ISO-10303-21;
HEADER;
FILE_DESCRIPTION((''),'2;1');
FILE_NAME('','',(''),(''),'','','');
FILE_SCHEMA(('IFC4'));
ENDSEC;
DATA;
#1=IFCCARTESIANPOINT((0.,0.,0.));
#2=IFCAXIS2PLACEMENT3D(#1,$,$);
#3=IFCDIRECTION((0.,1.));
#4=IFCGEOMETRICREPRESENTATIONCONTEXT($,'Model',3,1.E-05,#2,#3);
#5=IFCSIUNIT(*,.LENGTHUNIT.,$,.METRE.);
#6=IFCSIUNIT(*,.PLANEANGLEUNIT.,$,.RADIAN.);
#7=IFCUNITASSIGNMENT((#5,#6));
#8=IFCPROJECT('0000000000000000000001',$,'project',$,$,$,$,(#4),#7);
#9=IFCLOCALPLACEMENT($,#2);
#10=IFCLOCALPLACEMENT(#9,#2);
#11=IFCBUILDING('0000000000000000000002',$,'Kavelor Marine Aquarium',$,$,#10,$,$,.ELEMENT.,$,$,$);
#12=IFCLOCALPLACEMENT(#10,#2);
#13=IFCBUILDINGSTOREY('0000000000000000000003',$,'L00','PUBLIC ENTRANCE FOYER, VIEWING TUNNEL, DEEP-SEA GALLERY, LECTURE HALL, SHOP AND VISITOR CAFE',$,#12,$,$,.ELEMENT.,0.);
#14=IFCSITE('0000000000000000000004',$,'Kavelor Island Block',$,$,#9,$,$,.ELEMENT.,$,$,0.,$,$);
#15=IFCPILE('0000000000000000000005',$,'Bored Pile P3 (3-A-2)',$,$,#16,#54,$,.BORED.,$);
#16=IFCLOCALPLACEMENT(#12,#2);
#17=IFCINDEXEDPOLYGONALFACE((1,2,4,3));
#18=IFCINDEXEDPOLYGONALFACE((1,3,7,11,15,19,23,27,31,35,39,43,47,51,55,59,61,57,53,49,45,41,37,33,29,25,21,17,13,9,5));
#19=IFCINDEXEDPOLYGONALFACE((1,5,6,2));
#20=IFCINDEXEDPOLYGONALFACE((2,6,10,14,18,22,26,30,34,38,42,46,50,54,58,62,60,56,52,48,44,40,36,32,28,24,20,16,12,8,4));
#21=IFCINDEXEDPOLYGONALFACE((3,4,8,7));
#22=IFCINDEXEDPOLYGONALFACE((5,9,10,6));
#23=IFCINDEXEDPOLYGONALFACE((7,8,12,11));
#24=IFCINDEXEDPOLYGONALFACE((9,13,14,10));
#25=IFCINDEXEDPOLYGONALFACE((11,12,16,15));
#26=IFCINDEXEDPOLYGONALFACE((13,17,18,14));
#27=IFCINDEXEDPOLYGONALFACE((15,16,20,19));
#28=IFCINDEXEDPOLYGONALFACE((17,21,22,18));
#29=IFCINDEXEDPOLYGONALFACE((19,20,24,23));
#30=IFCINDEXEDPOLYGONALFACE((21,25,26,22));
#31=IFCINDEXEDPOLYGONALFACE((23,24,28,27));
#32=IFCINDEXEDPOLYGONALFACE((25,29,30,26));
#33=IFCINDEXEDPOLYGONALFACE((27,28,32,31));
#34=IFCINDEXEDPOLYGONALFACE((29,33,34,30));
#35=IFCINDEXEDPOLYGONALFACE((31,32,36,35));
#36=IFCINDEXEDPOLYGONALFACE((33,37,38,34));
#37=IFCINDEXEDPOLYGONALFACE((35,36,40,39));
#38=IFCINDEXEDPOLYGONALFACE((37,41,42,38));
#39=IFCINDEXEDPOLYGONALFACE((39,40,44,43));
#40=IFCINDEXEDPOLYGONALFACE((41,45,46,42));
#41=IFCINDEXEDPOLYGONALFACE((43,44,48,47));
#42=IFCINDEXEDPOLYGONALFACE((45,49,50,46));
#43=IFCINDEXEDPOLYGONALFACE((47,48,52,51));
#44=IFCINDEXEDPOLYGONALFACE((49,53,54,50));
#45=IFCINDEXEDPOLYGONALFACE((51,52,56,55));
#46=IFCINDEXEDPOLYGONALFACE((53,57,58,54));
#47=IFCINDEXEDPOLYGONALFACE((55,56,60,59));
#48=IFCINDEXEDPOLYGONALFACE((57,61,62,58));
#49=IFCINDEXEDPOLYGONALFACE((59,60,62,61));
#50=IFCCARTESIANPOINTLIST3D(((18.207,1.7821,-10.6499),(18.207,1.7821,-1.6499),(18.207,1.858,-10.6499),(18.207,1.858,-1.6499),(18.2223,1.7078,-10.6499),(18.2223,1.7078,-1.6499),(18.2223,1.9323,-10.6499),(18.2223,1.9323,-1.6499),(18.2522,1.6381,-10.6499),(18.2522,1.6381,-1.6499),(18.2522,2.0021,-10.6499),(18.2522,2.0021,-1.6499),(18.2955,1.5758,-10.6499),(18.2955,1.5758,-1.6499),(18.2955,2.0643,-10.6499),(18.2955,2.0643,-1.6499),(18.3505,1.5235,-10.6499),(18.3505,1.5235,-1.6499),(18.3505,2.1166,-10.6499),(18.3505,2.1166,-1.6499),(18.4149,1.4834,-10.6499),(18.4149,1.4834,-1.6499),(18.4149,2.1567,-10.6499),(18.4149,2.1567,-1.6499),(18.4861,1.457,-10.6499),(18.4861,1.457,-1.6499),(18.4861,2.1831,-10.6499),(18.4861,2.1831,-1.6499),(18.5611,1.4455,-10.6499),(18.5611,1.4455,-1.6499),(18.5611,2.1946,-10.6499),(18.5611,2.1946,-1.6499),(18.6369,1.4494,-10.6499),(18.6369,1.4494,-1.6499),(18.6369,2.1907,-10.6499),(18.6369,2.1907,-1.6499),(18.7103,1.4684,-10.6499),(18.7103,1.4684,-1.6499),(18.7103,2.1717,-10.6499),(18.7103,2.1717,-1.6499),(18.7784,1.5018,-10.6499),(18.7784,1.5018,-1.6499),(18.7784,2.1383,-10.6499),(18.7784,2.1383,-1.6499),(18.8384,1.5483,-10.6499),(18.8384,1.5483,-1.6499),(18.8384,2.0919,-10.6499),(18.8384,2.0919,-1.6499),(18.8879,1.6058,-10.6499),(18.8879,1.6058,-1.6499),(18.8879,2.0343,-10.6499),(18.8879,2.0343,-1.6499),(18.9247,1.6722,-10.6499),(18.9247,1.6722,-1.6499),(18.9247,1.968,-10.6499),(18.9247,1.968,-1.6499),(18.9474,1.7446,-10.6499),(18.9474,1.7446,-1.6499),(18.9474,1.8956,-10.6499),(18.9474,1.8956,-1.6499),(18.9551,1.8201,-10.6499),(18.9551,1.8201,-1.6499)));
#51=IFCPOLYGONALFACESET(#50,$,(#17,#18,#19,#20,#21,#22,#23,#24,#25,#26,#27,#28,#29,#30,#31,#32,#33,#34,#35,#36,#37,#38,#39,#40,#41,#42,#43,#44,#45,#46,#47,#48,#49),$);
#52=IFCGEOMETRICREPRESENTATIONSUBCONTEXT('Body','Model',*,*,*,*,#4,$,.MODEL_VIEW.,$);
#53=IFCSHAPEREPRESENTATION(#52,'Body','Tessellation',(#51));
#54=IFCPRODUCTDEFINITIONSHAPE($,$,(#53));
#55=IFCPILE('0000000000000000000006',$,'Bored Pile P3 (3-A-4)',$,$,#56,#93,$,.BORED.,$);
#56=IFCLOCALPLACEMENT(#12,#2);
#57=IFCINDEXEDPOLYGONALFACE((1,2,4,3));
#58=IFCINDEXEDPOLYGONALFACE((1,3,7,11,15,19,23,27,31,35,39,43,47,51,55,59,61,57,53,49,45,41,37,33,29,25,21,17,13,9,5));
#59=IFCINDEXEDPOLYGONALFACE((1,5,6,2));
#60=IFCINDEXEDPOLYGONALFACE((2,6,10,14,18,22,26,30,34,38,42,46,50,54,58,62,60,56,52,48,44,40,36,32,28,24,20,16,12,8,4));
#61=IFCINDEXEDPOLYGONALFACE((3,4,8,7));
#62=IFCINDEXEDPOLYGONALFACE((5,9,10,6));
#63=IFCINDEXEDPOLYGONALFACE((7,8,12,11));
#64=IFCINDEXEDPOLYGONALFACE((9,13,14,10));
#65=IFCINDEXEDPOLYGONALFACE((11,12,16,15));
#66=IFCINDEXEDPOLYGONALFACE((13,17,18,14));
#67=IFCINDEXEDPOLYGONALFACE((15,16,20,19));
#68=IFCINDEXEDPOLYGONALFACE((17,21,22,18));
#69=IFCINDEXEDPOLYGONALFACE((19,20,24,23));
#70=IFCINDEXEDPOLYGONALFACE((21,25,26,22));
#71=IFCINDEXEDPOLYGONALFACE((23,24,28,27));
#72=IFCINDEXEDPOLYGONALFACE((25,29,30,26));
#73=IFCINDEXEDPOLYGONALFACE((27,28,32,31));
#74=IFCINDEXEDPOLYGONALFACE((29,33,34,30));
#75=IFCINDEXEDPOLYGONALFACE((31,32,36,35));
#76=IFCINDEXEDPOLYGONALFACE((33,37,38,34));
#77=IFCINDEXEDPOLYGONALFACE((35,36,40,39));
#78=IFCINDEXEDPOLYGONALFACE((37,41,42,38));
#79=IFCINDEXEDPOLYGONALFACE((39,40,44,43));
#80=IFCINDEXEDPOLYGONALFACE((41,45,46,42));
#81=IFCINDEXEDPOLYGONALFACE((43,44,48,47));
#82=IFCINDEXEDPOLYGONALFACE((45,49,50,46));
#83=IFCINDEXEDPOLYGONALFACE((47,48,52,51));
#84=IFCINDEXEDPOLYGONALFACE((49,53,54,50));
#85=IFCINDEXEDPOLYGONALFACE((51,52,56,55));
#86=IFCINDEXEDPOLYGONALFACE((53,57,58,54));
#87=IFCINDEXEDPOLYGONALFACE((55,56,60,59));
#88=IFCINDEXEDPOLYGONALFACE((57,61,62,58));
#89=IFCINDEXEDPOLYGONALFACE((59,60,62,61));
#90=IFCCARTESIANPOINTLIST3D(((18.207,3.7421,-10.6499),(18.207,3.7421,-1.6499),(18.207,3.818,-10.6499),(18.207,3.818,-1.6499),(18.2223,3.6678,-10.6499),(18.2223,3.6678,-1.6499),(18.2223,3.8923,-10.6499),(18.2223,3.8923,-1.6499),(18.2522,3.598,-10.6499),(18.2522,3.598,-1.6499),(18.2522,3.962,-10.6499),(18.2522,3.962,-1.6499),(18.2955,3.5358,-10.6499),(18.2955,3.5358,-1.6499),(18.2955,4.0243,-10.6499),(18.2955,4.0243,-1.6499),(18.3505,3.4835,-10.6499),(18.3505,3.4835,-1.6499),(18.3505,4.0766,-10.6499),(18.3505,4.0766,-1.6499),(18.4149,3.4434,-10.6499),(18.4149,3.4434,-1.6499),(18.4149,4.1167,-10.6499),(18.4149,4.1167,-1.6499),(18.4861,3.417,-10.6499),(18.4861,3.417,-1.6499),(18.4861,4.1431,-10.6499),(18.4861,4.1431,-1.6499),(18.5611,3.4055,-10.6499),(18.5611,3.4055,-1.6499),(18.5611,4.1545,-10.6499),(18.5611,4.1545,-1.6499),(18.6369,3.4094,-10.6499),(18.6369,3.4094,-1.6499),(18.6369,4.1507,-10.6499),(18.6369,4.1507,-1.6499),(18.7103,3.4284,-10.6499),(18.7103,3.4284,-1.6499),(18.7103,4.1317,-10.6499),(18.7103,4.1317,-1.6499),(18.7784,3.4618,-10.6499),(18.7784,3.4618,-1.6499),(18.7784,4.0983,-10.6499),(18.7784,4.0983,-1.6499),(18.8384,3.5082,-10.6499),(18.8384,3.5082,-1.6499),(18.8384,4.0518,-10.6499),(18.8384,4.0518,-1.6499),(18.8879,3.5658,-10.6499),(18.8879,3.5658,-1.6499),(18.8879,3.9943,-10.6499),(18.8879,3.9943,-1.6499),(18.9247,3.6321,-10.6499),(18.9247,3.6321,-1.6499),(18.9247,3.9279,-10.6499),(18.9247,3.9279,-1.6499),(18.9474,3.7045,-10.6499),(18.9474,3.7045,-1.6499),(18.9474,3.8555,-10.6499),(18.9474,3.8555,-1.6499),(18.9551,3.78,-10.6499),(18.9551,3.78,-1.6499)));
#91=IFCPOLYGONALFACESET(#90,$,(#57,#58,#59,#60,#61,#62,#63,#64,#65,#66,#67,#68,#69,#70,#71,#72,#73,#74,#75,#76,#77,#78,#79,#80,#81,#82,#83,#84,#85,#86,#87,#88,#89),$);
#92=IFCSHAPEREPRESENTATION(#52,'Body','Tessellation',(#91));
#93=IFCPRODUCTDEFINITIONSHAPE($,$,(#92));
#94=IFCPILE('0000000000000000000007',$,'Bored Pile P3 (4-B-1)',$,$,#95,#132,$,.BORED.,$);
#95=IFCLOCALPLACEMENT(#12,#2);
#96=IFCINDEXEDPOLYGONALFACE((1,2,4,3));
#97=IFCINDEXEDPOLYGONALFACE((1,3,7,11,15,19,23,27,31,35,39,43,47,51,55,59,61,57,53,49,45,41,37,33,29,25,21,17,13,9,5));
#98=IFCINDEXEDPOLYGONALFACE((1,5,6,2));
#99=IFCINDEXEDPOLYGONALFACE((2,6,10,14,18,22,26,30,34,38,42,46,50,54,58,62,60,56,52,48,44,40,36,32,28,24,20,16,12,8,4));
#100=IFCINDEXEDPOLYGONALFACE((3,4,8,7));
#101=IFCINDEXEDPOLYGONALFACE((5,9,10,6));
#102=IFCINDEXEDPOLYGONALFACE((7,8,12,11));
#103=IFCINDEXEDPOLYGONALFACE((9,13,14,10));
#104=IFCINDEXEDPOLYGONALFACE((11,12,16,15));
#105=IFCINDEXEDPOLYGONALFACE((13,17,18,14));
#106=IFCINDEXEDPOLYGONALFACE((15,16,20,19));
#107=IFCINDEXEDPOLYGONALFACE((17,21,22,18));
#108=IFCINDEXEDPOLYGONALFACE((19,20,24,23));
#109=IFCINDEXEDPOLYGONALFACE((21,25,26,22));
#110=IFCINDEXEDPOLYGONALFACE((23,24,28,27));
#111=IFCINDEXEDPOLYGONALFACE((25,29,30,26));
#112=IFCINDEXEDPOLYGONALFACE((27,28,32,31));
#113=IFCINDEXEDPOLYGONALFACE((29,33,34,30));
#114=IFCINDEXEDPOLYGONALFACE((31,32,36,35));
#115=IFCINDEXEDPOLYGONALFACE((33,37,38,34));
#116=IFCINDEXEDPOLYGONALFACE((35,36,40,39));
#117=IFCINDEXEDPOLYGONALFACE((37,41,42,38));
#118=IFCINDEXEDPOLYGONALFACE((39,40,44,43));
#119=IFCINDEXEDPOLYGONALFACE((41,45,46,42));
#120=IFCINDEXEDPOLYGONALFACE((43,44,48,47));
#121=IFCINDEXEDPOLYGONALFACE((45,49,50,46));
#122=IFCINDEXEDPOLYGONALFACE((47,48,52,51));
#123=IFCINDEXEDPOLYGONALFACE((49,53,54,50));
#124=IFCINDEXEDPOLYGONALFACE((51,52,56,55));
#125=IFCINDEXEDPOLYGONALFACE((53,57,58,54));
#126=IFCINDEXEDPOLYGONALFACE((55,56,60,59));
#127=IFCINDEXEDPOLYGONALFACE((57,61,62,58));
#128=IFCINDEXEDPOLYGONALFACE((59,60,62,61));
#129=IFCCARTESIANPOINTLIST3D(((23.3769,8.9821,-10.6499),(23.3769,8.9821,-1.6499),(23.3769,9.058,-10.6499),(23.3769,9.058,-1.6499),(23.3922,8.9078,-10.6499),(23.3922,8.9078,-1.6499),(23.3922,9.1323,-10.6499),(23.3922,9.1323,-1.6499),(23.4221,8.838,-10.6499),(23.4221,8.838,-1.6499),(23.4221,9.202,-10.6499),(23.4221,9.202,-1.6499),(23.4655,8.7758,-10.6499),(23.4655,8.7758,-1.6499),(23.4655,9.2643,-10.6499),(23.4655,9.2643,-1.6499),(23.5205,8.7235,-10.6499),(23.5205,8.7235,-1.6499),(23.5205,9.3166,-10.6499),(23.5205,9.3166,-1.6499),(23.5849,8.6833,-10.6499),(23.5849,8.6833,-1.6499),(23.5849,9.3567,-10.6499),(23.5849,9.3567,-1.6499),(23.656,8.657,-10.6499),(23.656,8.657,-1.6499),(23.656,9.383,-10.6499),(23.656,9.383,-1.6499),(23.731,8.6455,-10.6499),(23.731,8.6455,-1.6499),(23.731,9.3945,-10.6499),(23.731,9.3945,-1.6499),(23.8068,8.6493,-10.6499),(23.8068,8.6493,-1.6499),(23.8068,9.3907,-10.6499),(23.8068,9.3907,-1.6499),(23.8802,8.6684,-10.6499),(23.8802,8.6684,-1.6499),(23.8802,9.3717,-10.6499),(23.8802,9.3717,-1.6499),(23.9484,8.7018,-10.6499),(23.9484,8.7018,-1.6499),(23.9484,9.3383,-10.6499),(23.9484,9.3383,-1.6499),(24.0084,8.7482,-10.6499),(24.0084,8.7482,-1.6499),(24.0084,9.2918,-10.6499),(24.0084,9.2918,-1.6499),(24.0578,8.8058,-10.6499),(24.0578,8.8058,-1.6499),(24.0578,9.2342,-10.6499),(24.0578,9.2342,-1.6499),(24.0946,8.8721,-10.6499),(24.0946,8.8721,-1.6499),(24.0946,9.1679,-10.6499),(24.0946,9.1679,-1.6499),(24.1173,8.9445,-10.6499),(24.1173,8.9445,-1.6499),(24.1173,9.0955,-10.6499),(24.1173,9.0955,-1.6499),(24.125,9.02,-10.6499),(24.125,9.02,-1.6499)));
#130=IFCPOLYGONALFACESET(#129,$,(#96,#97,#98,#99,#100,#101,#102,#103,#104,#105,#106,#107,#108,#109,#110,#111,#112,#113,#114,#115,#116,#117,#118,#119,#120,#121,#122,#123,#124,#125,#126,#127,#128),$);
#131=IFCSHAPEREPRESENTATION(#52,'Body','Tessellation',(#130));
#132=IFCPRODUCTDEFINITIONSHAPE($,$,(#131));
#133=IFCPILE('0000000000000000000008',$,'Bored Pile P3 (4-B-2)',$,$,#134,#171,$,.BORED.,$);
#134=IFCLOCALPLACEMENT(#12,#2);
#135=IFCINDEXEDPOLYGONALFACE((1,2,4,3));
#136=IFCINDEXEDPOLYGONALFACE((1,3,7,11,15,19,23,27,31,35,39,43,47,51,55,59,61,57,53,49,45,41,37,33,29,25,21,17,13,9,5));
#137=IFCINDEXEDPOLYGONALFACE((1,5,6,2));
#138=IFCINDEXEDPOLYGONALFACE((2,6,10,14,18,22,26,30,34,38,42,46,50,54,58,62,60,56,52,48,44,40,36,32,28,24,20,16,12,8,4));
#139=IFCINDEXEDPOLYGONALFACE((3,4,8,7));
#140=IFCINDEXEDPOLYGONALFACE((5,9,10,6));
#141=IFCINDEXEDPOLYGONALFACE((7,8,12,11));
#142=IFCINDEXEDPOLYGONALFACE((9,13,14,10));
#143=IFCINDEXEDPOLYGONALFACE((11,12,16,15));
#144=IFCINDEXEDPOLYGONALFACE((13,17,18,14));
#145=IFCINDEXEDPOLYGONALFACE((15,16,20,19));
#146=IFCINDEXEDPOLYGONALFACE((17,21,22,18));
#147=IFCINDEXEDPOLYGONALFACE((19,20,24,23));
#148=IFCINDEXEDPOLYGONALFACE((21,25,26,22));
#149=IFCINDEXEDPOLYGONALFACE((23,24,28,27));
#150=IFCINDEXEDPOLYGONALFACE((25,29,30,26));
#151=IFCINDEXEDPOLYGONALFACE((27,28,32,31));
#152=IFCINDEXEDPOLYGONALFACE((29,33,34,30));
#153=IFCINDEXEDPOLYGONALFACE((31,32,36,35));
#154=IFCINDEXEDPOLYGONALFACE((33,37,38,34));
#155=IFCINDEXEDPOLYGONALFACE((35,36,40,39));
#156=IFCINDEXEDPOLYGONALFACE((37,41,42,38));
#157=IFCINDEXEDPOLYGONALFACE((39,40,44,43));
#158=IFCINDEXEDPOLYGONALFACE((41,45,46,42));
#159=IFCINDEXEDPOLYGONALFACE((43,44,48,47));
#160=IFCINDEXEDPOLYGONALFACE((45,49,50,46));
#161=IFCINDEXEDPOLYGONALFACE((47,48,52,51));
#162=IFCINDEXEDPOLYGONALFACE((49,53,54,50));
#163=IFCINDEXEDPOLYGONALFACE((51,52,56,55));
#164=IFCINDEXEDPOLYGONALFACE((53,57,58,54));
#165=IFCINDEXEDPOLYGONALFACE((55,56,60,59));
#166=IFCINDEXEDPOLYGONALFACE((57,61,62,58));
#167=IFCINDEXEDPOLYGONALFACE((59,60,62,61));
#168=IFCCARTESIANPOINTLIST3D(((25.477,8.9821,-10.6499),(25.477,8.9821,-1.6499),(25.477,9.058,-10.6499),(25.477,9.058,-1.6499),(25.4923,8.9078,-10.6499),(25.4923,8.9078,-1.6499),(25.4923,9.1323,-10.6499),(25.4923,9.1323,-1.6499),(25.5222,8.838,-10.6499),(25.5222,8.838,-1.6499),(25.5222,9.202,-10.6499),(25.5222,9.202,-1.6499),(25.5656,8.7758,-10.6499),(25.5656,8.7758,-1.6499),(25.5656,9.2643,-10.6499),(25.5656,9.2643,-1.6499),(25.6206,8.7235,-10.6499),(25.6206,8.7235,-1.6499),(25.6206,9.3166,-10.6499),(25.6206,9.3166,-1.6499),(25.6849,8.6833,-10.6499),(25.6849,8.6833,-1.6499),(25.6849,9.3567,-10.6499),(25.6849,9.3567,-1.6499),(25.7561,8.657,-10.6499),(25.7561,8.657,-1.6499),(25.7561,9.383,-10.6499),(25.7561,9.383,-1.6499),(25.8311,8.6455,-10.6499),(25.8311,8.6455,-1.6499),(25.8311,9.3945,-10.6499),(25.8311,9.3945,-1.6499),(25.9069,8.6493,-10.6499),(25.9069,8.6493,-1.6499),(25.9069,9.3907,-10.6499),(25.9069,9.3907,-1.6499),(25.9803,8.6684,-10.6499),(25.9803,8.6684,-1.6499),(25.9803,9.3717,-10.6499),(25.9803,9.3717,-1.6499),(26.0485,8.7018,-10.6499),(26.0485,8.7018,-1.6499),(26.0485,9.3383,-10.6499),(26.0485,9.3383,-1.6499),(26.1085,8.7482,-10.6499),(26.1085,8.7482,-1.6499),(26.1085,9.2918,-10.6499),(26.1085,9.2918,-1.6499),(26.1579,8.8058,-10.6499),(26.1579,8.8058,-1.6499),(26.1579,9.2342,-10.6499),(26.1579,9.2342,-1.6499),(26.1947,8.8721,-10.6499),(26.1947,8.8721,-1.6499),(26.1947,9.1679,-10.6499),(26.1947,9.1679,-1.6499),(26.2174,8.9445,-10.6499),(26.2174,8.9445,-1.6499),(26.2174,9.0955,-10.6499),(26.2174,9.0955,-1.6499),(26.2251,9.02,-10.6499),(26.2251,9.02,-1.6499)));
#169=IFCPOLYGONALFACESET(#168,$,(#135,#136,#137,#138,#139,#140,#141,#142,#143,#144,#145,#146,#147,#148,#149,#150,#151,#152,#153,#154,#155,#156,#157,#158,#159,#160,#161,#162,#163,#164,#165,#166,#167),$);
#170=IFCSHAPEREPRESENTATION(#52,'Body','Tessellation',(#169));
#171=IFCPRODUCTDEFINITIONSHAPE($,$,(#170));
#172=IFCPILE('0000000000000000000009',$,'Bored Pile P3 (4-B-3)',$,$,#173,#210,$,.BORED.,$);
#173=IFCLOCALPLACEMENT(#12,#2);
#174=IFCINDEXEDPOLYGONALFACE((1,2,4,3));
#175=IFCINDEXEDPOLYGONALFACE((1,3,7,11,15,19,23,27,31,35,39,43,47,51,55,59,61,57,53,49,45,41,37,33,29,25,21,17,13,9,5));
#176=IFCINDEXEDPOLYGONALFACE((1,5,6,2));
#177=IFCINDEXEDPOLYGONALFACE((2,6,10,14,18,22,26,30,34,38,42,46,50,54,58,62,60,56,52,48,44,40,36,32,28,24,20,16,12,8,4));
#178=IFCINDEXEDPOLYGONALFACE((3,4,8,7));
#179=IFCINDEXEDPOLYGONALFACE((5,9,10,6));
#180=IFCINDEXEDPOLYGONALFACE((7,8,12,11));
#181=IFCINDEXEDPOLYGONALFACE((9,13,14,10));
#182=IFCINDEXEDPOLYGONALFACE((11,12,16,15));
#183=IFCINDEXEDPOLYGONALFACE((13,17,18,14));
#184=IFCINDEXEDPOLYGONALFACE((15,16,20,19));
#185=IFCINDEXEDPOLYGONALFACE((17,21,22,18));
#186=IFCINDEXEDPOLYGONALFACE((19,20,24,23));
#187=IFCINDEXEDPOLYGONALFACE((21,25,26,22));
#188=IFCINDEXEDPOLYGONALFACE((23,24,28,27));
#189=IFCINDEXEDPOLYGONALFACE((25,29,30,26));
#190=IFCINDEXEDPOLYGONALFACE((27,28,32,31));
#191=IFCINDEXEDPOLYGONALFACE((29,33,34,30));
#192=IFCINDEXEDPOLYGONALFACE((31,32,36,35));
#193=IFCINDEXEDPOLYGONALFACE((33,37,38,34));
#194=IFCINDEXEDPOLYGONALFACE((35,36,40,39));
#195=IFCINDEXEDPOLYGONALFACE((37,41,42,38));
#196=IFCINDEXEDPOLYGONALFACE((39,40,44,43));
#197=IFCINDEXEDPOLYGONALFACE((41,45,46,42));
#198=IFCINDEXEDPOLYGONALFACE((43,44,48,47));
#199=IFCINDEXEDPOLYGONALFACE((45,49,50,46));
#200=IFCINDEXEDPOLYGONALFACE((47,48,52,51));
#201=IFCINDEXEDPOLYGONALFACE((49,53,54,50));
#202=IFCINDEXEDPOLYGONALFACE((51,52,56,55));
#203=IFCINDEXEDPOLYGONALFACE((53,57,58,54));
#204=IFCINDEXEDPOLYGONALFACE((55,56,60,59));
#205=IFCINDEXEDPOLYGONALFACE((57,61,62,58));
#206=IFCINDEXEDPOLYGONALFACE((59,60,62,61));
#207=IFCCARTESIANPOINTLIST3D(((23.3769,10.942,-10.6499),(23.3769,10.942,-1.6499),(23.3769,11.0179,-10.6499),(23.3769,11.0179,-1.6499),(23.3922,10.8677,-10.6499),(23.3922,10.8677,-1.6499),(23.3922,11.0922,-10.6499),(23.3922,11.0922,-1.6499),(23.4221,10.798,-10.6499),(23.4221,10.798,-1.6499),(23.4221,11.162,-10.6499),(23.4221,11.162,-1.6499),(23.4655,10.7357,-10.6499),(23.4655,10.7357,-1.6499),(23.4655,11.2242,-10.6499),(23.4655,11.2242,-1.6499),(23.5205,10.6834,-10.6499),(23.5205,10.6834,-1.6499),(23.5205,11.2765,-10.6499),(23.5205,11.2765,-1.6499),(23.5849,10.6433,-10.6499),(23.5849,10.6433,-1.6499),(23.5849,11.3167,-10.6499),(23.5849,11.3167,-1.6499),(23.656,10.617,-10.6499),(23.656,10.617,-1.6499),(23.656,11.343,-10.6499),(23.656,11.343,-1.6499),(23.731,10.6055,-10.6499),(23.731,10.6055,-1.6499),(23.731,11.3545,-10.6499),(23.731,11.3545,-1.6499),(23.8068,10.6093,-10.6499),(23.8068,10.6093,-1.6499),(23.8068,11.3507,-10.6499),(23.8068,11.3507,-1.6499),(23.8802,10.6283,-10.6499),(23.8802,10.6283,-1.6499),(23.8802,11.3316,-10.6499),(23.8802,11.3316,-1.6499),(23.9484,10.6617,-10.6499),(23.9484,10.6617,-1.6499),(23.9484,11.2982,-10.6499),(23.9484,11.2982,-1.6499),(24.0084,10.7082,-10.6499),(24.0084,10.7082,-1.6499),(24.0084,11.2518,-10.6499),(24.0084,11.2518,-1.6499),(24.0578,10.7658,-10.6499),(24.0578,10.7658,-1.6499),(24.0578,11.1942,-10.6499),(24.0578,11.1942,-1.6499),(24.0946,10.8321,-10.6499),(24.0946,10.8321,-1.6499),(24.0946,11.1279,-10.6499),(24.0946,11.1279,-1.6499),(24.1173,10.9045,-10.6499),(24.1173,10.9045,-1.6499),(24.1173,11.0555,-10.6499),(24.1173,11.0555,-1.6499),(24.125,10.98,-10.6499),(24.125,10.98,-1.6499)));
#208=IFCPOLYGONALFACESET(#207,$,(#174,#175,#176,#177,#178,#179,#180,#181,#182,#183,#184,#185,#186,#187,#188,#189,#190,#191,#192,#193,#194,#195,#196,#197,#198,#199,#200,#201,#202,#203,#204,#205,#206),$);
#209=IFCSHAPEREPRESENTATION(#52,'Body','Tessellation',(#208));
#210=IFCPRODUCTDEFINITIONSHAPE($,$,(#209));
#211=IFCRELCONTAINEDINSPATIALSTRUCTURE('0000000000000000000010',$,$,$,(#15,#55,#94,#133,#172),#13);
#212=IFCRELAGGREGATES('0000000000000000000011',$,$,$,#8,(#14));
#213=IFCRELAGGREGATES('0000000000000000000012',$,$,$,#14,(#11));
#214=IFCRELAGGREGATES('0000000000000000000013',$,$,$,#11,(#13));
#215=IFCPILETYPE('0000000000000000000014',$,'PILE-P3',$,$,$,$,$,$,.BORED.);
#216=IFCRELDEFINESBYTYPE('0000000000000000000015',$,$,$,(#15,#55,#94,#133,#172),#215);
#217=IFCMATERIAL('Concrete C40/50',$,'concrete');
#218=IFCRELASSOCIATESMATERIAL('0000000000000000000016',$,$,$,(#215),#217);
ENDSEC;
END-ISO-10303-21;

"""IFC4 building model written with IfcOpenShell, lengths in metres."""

from ifc_helpers import new_model, si_unit, direction, frame, origin, origin_2d, place, context, subcontext, project, spatial, circle, extrude, material, material_profile, profile_set, type_object, element, save


model = new_model("IFC4")

# Units and contexts
model_context = context("Model", 3, precision=1e-05, world=origin(), true_north=direction((0.0, 1.0)))
body_context = subcontext(model_context, "Body", "Model", "MODEL_VIEW")
ifc_project = project(units=[si_unit("LENGTHUNIT", "METRE"), si_unit("PLANEANGLEUNIT", "RADIAN")], contexts=[model_context])

# Site, building, storey
site_placement = place(None, origin())
site = spatial("IfcSite", under=ifc_project, at=site_placement, Name="Kavelor Island Block", CompositionType="ELEMENT", RefElevation=0.0)
building_placement = place(site_placement, origin())
building = spatial("IfcBuilding", under=site, at=building_placement, Name="Kavelor Marine Aquarium", CompositionType="ELEMENT")
storey_placement = place(building_placement, origin())
storey = spatial("IfcBuildingStorey", under=building, at=storey_placement, Name="L00", Description="PUBLIC ENTRANCE FOYER, VIEWING TUNNEL, DEEP-SEA GALLERY, LECTURE HALL, SHOP AND VISITOR CAFE", CompositionType="ELEMENT", Elevation=0.0)

# Piles
ifc_material_1 = material(Name="Concrete C40/50", Category="concrete")
ifc_material_profile_1 = material_profile(ifc_material_1, circle(Radius=0.375, at=origin_2d()), Name="PILE D750")
ifc_profile_set_1 = profile_set([ifc_material_profile_1], Name="Concrete C40/50")
pile_type_1 = type_object("IfcPileType", Name="PILE-P3", PredefinedType="BORED", material=ifc_profile_set_1)
for number, where, z_axis, x_axis, name in (
    (1, (18.5801, 1.8201, -1.6499), (0.0, 0.0, -1.0), (1.0, 0.0, 0.0), "Bored Pile P3 (3-A-2)"),
    (2, (18.5801, 3.78, -1.6499), (0.0, 0.0, -1.0), (1.0, 0.0, 0.0), "Bored Pile P3 (3-A-4)"),
    (3, (23.75, 9.02, -1.6499), (0.0, 0.0, -1.0), (1.0, 0.0, 0.0), "Bored Pile P3 (4-B-1)"),
    (4, (25.8501, 9.02, -1.6499), (0.0, 0.0, -1.0), (1.0, 0.0, 0.0), "Bored Pile P3 (4-B-2)"),
    (5, (23.75, 10.98, -1.6499), (0.0, 0.0, -1.0), (1.0, 0.0, 0.0), "Bored Pile P3 (4-B-3)"),
):
    element("IfcPile", number, at=place(storey_placement, frame(where, z_axis=z_axis, x_axis=x_axis)), inside=storey, type_object=pile_type_1, Name=name, PredefinedType="BORED", context=body_context, shape_type="SweptSolid", body=[
        extrude(circle(Radius=0.375, at=origin_2d()), origin(), (0.0, 0.0, 1.0), 9.0),
    ])

save(model, "model.ifc")
